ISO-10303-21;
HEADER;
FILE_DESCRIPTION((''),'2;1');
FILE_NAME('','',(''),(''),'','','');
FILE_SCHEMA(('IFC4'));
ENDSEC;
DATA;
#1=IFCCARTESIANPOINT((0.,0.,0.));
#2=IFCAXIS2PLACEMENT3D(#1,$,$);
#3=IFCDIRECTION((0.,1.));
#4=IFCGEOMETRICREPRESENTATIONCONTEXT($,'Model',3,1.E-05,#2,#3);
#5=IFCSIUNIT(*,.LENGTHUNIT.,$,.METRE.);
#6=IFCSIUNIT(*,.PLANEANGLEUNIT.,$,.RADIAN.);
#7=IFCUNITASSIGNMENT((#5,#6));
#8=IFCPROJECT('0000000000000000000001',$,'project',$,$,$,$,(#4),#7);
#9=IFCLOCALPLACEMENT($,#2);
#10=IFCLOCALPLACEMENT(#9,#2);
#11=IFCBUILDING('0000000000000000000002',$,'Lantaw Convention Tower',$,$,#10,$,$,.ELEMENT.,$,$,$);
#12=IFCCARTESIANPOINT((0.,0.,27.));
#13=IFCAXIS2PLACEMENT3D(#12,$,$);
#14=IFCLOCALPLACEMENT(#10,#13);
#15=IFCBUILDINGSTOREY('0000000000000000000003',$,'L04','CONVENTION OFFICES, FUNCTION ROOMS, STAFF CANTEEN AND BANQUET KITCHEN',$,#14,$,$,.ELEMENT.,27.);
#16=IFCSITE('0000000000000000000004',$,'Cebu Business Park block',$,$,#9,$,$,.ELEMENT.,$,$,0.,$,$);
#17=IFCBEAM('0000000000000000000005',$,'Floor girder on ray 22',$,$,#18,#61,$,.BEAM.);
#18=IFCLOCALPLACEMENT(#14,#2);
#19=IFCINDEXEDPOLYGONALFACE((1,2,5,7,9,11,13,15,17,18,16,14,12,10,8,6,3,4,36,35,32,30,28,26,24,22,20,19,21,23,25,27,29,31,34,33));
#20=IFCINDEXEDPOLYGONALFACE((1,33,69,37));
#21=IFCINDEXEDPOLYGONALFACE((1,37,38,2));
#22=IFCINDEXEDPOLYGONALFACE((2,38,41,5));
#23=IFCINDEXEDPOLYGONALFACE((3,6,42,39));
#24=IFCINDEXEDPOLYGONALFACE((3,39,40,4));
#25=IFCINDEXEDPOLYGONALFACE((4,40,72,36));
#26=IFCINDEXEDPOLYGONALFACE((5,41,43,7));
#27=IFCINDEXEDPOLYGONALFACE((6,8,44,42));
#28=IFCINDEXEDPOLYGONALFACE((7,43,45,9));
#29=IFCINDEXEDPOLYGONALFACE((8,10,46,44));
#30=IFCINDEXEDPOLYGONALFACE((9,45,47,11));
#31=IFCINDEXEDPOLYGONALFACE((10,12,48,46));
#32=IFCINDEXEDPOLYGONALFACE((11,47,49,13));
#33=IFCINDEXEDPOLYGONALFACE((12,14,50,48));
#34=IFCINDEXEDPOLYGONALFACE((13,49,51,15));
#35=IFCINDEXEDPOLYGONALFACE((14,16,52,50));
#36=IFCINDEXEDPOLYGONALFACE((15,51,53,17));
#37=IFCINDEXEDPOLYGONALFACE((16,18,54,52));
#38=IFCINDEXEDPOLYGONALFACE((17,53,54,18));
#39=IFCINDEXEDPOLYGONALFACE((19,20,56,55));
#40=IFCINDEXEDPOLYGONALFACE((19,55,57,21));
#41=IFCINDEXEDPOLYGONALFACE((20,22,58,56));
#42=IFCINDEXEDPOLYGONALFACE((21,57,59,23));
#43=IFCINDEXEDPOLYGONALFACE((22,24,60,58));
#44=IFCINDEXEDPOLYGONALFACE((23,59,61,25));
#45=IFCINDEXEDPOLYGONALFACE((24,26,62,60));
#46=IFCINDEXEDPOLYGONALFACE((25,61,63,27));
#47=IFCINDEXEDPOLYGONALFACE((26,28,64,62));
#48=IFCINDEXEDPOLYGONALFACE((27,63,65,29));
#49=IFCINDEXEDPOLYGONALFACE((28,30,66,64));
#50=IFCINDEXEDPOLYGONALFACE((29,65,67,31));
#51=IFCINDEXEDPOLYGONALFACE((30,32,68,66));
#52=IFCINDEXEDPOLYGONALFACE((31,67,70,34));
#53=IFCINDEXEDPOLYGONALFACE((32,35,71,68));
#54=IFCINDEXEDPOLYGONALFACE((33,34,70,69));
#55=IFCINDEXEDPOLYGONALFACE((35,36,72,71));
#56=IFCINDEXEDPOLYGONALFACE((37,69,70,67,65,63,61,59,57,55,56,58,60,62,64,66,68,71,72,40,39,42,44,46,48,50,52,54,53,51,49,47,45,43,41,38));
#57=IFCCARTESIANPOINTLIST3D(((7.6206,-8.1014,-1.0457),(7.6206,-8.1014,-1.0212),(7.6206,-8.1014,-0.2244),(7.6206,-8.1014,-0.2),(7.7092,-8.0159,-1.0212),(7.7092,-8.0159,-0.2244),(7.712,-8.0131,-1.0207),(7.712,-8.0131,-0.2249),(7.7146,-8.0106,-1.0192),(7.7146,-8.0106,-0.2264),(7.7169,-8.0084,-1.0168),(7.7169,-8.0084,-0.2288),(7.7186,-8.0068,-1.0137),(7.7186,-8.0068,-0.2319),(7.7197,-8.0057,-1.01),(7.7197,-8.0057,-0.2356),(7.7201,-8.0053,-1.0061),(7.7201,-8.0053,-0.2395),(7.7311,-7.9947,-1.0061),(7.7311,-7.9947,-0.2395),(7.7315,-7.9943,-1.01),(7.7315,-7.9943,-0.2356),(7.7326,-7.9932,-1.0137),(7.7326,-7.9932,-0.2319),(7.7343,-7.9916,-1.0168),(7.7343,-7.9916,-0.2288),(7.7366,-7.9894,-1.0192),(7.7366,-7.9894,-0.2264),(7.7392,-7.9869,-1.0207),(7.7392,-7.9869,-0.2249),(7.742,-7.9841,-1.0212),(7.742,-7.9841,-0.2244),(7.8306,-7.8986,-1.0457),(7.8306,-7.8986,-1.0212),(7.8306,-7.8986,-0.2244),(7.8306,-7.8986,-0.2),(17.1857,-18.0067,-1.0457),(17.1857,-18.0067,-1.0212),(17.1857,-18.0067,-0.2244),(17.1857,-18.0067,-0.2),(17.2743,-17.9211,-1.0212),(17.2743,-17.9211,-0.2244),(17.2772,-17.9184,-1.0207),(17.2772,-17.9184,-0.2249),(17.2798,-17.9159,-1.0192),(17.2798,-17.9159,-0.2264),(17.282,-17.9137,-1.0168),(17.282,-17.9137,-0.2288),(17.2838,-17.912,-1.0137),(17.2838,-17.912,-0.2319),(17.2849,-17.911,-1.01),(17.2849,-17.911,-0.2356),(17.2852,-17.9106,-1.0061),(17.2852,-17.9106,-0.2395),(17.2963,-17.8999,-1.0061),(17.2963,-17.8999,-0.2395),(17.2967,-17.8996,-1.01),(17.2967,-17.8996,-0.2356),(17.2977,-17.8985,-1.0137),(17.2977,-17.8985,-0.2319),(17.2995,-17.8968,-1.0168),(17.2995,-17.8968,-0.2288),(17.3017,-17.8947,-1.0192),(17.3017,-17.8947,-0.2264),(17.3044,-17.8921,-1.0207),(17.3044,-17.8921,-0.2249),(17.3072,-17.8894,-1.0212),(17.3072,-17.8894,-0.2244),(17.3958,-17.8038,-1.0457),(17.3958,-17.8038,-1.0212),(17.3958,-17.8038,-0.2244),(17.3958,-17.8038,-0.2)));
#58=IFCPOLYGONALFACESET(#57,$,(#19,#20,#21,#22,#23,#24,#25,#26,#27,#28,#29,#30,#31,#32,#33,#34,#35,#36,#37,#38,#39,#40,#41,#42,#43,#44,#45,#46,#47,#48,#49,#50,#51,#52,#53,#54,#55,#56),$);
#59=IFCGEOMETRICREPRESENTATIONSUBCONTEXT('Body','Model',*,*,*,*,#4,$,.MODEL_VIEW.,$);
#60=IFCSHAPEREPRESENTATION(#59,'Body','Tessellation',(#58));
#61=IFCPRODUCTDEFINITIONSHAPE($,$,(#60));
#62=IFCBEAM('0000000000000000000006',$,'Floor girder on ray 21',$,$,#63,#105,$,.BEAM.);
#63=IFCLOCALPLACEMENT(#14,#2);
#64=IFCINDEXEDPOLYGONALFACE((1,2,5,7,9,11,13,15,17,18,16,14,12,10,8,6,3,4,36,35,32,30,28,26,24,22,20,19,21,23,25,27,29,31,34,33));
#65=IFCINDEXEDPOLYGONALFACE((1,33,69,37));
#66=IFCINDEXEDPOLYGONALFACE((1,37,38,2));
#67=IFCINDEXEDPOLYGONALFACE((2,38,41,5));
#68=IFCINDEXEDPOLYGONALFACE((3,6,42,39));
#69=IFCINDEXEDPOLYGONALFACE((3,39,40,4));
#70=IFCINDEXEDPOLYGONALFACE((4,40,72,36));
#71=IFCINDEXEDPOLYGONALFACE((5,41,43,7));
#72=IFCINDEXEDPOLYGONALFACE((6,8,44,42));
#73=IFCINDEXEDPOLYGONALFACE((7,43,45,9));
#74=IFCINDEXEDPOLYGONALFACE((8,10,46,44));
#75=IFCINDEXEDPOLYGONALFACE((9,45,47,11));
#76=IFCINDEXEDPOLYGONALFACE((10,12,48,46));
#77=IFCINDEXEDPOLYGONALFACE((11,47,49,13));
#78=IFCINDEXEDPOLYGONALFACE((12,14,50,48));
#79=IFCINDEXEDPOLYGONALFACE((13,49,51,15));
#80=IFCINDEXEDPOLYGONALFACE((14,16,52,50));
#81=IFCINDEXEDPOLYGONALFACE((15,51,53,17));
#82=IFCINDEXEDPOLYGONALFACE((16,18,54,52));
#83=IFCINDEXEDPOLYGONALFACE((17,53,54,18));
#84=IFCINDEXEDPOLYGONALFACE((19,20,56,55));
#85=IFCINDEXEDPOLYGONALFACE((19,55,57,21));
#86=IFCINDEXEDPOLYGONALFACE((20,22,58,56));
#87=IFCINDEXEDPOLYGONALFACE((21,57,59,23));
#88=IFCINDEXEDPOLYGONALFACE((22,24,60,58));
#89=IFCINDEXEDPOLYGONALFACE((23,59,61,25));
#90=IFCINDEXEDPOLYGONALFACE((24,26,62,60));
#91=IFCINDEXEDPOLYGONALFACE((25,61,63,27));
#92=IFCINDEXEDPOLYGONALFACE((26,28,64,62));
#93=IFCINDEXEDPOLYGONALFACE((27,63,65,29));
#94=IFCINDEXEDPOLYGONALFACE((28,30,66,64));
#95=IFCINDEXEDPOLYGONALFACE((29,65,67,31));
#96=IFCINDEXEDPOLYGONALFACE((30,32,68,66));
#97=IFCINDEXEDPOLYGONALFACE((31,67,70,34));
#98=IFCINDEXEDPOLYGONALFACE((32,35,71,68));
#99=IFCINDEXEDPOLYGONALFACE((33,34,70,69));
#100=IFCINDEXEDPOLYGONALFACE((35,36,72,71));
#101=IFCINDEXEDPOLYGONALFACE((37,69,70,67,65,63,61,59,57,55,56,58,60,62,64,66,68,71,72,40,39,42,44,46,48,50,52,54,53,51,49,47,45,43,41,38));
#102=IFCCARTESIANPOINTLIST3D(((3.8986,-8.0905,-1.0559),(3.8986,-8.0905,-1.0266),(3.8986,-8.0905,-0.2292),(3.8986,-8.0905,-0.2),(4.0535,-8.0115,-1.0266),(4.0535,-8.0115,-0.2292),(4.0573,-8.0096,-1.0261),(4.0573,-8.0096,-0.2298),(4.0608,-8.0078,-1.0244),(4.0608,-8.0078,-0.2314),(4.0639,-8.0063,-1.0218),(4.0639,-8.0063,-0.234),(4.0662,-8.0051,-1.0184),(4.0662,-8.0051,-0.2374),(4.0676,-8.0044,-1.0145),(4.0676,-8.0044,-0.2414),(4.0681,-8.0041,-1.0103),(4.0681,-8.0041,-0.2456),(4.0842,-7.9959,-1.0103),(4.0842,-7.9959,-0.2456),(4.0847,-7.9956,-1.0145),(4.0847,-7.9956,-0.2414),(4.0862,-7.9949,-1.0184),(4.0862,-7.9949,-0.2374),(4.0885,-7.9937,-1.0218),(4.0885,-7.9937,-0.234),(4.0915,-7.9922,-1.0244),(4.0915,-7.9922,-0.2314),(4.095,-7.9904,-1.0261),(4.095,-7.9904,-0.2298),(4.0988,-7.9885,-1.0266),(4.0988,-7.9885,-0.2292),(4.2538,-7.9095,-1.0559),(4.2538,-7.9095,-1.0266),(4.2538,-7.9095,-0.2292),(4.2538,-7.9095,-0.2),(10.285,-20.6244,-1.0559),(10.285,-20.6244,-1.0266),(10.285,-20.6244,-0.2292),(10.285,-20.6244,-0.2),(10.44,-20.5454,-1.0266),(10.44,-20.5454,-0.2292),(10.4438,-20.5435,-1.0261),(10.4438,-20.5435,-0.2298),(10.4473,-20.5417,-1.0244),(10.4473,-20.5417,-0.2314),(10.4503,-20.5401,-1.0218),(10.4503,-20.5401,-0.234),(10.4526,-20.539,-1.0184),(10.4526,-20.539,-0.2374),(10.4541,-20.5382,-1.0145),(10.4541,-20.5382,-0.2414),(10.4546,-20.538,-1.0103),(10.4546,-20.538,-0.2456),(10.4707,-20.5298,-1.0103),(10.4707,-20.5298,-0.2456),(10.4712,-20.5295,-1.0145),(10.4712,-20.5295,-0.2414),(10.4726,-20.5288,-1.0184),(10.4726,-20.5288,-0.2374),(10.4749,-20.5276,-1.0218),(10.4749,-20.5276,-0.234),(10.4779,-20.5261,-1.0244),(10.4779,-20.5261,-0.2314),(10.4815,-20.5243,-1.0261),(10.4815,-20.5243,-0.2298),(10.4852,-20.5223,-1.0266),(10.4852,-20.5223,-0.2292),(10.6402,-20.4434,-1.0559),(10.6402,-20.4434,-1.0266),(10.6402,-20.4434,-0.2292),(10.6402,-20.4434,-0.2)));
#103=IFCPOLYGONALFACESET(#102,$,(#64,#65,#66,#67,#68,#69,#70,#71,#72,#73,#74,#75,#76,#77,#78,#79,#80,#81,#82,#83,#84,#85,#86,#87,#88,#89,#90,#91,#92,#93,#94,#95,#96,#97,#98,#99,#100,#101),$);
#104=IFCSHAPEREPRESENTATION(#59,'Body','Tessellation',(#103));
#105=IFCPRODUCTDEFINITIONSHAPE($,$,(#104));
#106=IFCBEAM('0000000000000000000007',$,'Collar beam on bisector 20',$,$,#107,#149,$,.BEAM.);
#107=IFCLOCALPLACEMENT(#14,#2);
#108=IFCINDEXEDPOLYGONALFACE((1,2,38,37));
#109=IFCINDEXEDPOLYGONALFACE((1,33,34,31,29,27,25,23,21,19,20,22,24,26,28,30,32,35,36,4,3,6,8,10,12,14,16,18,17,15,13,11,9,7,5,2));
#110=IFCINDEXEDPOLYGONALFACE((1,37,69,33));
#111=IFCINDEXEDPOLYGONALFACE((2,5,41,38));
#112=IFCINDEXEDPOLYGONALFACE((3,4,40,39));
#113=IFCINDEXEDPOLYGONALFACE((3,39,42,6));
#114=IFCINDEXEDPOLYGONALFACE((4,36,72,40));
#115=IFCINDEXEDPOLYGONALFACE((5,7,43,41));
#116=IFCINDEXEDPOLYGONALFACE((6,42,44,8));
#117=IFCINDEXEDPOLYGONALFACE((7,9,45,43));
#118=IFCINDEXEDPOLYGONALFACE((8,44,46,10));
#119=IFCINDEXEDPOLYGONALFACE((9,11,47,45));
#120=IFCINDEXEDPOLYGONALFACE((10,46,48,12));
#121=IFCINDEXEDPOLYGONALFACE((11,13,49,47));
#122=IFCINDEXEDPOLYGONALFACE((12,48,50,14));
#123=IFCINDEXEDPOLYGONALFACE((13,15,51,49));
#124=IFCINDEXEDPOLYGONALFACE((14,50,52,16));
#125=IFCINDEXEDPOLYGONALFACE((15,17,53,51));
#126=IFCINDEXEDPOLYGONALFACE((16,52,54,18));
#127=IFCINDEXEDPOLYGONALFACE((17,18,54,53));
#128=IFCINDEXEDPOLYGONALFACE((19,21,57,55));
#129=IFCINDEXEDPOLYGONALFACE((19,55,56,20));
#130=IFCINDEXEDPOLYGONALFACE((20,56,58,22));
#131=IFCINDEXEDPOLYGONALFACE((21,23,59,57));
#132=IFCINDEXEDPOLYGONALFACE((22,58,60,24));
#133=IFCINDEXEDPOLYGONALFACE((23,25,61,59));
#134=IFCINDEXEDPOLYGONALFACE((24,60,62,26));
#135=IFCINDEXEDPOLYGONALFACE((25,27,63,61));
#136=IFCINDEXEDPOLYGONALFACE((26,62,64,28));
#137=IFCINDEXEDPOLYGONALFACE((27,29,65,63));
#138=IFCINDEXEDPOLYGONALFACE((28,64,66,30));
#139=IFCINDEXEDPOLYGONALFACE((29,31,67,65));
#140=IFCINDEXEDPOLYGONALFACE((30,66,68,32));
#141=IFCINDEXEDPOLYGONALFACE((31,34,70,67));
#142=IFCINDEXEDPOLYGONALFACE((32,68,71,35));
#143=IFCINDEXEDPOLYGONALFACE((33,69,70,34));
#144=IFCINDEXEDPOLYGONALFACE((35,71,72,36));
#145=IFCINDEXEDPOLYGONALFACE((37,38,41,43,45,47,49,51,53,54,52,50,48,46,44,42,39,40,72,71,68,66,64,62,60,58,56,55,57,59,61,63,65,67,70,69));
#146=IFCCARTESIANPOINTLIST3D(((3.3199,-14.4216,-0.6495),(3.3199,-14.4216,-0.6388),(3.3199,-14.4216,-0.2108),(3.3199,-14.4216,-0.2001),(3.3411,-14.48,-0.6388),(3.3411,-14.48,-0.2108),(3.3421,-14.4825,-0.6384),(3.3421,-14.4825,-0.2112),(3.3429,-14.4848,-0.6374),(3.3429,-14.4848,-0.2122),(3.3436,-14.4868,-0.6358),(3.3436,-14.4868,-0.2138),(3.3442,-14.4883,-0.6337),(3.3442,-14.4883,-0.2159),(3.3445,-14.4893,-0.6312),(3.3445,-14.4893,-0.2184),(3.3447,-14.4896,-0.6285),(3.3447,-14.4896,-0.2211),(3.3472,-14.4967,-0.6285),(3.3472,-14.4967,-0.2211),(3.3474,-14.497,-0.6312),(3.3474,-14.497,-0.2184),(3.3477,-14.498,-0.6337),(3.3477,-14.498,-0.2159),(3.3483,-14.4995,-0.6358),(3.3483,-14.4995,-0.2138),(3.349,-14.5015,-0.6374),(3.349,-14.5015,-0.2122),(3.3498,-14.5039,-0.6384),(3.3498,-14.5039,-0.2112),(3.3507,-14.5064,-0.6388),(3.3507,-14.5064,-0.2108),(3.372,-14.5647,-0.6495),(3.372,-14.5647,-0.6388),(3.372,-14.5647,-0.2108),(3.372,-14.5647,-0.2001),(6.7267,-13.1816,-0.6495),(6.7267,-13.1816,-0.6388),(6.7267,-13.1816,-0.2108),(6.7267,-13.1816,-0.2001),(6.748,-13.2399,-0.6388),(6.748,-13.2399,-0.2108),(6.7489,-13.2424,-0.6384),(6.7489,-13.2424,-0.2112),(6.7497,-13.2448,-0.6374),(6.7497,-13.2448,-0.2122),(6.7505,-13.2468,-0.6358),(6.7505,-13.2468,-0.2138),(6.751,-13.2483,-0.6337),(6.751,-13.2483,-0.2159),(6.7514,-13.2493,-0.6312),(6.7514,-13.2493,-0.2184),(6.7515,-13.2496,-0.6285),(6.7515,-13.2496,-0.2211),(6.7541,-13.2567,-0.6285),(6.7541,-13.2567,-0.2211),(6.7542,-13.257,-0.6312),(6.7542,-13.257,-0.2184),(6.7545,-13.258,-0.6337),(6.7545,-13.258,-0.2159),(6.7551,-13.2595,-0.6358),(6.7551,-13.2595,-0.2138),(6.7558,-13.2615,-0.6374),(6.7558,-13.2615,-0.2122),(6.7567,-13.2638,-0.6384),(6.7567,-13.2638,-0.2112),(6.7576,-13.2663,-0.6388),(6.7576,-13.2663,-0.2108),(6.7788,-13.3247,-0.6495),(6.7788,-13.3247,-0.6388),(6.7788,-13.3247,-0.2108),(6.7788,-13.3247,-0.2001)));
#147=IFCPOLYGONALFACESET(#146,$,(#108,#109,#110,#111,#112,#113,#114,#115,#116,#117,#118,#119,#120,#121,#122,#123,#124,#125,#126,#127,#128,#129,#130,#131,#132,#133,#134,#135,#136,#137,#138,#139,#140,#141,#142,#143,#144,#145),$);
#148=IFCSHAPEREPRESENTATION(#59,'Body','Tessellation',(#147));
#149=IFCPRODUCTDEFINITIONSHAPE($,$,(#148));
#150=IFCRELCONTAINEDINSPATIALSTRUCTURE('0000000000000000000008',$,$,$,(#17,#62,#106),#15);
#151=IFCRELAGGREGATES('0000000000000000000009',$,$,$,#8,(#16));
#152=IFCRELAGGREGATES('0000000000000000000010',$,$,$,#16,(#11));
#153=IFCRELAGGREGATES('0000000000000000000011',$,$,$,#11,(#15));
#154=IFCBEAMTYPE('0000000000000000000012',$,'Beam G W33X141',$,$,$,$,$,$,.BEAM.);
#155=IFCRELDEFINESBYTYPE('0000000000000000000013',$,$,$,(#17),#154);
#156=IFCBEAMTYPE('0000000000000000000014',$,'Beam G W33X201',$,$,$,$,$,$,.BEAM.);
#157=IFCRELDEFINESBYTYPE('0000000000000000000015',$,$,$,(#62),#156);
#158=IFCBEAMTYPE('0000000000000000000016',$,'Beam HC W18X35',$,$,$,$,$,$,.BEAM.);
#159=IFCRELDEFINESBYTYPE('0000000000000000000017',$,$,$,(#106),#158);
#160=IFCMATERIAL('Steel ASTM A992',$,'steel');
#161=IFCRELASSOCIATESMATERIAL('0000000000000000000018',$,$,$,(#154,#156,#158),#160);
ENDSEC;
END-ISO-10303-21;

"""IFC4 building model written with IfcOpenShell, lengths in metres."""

from ifc_helpers import new_model, si_unit, direction, frame, origin, origin_2d, place, context, subcontext, project, spatial, i_section, extrude, material, material_profile, profile_set, type_object, element, save


model = new_model("IFC4")

# Units and contexts
model_context = context("Model", 3, precision=1e-05, world=origin(), true_north=direction((0.0, 1.0)))
body_context = subcontext(model_context, "Body", "Model", "MODEL_VIEW")
ifc_project = project(units=[si_unit("LENGTHUNIT", "METRE"), si_unit("PLANEANGLEUNIT", "RADIAN")], contexts=[model_context])

# Site, building, storey
site_placement = place(None, origin())
site = spatial("IfcSite", under=ifc_project, at=site_placement, Name="Cebu Business Park block", CompositionType="ELEMENT", RefElevation=0.0)
building_placement = place(site_placement, origin())
building = spatial("IfcBuilding", under=site, at=building_placement, Name="Lantaw Convention Tower", CompositionType="ELEMENT")
storey_placement = place(building_placement, frame((0.0, 0.0, 27.0)))
storey = spatial("IfcBuildingStorey", under=building, at=storey_placement, Name="L04", Description="CONVENTION OFFICES, FUNCTION ROOMS, STAFF CANTEEN AND BANQUET KITCHEN", CompositionType="ELEMENT", Elevation=27.0)

# Beams
ifc_material_1 = material(Name="Steel ASTM A992", Category="steel")
ifc_material_profile_1 = material_profile(ifc_material_1, i_section(OverallWidth=0.292, OverallDepth=0.8457, WebThickness=0.0154, FlangeThickness=0.0244, FilletRadius=0.0151, at=origin_2d()), Name="W33X141")
ifc_profile_set_1 = profile_set([ifc_material_profile_1], Name="Steel ASTM A992")
beam_type_1 = type_object("IfcBeamType", Name="Beam G W33X141", PredefinedType="BEAM", material=ifc_profile_set_1)
beam_1_placement = place(storey_placement, frame((7.7256, -8.0, -0.6228), z_axis=(0.69465, -0.719348, 0.0), x_axis=(0.719348, 0.69465, 0.0)))
element("IfcBeam", 1, at=beam_1_placement, inside=storey, type_object=beam_type_1, Name="Floor girder on ray 22", PredefinedType="BEAM", context=body_context, shape_type="SweptSolid", body=[
    extrude(i_section(OverallWidth=0.292, OverallDepth=0.8457, WebThickness=0.0154, FlangeThickness=0.0244, FilletRadius=0.0151, at=origin_2d()), origin(), (0.0, 0.0, 1.0), 13.7698),
])
ifc_material_profile_2 = material_profile(ifc_material_1, i_section(OverallWidth=0.3987, OverallDepth=0.856, WebThickness=0.0181, FlangeThickness=0.0293, FilletRadius=0.0164, at=origin_2d()), Name="W33X201")
ifc_profile_set_2 = profile_set([ifc_material_profile_2], Name="Steel ASTM A992")
beam_type_2 = type_object("IfcBeamType", Name="Beam G W33X201", PredefinedType="BEAM", material=ifc_profile_set_2)
beam_2_placement = place(storey_placement, frame((4.0762, -8.0, -0.6279), z_axis=(0.453997, -0.891003, 0.0), x_axis=(0.891003, 0.453997, 0.0)))
element("IfcBeam", 2, at=beam_2_placement, inside=storey, type_object=beam_type_2, Name="Floor girder on ray 21", PredefinedType="BEAM", context=body_context, shape_type="SweptSolid", body=[
    extrude(i_section(OverallWidth=0.3987, OverallDepth=0.856, WebThickness=0.0181, FlangeThickness=0.0293, FilletRadius=0.0164, at=origin_2d()), origin(), (0.0, 0.0, 1.0), 14.0671),
])
ifc_material_profile_3 = material_profile(ifc_material_1, i_section(OverallWidth=0.1523, OverallDepth=0.4495, WebThickness=0.0076, FlangeThickness=0.0107, FilletRadius=0.0103, at=origin_2d()), Name="W18X35")
ifc_profile_set_3 = profile_set([ifc_material_profile_3], Name="Steel ASTM A992")
beam_type_3 = type_object("IfcBeamType", Name="Beam HC W18X35", PredefinedType="BEAM", material=ifc_profile_set_3)
beam_3_placement = place(storey_placement, frame((3.3459, -14.4932, -0.4248), z_axis=(0.939689, 0.34203, 0.0), x_axis=(-0.34203, 0.939689, 0.0)))
element("IfcBeam", 3, at=beam_3_placement, inside=storey, type_object=beam_type_3, Name="Collar beam on bisector 20", PredefinedType="BEAM", context=body_context, shape_type="SweptSolid", body=[
    extrude(i_section(OverallWidth=0.1523, OverallDepth=0.4495, WebThickness=0.0076, FlangeThickness=0.0107, FilletRadius=0.0103, at=origin_2d()), origin(), (0.0, 0.0, 1.0), 3.6255),
])

save(model, "model.ifc")
